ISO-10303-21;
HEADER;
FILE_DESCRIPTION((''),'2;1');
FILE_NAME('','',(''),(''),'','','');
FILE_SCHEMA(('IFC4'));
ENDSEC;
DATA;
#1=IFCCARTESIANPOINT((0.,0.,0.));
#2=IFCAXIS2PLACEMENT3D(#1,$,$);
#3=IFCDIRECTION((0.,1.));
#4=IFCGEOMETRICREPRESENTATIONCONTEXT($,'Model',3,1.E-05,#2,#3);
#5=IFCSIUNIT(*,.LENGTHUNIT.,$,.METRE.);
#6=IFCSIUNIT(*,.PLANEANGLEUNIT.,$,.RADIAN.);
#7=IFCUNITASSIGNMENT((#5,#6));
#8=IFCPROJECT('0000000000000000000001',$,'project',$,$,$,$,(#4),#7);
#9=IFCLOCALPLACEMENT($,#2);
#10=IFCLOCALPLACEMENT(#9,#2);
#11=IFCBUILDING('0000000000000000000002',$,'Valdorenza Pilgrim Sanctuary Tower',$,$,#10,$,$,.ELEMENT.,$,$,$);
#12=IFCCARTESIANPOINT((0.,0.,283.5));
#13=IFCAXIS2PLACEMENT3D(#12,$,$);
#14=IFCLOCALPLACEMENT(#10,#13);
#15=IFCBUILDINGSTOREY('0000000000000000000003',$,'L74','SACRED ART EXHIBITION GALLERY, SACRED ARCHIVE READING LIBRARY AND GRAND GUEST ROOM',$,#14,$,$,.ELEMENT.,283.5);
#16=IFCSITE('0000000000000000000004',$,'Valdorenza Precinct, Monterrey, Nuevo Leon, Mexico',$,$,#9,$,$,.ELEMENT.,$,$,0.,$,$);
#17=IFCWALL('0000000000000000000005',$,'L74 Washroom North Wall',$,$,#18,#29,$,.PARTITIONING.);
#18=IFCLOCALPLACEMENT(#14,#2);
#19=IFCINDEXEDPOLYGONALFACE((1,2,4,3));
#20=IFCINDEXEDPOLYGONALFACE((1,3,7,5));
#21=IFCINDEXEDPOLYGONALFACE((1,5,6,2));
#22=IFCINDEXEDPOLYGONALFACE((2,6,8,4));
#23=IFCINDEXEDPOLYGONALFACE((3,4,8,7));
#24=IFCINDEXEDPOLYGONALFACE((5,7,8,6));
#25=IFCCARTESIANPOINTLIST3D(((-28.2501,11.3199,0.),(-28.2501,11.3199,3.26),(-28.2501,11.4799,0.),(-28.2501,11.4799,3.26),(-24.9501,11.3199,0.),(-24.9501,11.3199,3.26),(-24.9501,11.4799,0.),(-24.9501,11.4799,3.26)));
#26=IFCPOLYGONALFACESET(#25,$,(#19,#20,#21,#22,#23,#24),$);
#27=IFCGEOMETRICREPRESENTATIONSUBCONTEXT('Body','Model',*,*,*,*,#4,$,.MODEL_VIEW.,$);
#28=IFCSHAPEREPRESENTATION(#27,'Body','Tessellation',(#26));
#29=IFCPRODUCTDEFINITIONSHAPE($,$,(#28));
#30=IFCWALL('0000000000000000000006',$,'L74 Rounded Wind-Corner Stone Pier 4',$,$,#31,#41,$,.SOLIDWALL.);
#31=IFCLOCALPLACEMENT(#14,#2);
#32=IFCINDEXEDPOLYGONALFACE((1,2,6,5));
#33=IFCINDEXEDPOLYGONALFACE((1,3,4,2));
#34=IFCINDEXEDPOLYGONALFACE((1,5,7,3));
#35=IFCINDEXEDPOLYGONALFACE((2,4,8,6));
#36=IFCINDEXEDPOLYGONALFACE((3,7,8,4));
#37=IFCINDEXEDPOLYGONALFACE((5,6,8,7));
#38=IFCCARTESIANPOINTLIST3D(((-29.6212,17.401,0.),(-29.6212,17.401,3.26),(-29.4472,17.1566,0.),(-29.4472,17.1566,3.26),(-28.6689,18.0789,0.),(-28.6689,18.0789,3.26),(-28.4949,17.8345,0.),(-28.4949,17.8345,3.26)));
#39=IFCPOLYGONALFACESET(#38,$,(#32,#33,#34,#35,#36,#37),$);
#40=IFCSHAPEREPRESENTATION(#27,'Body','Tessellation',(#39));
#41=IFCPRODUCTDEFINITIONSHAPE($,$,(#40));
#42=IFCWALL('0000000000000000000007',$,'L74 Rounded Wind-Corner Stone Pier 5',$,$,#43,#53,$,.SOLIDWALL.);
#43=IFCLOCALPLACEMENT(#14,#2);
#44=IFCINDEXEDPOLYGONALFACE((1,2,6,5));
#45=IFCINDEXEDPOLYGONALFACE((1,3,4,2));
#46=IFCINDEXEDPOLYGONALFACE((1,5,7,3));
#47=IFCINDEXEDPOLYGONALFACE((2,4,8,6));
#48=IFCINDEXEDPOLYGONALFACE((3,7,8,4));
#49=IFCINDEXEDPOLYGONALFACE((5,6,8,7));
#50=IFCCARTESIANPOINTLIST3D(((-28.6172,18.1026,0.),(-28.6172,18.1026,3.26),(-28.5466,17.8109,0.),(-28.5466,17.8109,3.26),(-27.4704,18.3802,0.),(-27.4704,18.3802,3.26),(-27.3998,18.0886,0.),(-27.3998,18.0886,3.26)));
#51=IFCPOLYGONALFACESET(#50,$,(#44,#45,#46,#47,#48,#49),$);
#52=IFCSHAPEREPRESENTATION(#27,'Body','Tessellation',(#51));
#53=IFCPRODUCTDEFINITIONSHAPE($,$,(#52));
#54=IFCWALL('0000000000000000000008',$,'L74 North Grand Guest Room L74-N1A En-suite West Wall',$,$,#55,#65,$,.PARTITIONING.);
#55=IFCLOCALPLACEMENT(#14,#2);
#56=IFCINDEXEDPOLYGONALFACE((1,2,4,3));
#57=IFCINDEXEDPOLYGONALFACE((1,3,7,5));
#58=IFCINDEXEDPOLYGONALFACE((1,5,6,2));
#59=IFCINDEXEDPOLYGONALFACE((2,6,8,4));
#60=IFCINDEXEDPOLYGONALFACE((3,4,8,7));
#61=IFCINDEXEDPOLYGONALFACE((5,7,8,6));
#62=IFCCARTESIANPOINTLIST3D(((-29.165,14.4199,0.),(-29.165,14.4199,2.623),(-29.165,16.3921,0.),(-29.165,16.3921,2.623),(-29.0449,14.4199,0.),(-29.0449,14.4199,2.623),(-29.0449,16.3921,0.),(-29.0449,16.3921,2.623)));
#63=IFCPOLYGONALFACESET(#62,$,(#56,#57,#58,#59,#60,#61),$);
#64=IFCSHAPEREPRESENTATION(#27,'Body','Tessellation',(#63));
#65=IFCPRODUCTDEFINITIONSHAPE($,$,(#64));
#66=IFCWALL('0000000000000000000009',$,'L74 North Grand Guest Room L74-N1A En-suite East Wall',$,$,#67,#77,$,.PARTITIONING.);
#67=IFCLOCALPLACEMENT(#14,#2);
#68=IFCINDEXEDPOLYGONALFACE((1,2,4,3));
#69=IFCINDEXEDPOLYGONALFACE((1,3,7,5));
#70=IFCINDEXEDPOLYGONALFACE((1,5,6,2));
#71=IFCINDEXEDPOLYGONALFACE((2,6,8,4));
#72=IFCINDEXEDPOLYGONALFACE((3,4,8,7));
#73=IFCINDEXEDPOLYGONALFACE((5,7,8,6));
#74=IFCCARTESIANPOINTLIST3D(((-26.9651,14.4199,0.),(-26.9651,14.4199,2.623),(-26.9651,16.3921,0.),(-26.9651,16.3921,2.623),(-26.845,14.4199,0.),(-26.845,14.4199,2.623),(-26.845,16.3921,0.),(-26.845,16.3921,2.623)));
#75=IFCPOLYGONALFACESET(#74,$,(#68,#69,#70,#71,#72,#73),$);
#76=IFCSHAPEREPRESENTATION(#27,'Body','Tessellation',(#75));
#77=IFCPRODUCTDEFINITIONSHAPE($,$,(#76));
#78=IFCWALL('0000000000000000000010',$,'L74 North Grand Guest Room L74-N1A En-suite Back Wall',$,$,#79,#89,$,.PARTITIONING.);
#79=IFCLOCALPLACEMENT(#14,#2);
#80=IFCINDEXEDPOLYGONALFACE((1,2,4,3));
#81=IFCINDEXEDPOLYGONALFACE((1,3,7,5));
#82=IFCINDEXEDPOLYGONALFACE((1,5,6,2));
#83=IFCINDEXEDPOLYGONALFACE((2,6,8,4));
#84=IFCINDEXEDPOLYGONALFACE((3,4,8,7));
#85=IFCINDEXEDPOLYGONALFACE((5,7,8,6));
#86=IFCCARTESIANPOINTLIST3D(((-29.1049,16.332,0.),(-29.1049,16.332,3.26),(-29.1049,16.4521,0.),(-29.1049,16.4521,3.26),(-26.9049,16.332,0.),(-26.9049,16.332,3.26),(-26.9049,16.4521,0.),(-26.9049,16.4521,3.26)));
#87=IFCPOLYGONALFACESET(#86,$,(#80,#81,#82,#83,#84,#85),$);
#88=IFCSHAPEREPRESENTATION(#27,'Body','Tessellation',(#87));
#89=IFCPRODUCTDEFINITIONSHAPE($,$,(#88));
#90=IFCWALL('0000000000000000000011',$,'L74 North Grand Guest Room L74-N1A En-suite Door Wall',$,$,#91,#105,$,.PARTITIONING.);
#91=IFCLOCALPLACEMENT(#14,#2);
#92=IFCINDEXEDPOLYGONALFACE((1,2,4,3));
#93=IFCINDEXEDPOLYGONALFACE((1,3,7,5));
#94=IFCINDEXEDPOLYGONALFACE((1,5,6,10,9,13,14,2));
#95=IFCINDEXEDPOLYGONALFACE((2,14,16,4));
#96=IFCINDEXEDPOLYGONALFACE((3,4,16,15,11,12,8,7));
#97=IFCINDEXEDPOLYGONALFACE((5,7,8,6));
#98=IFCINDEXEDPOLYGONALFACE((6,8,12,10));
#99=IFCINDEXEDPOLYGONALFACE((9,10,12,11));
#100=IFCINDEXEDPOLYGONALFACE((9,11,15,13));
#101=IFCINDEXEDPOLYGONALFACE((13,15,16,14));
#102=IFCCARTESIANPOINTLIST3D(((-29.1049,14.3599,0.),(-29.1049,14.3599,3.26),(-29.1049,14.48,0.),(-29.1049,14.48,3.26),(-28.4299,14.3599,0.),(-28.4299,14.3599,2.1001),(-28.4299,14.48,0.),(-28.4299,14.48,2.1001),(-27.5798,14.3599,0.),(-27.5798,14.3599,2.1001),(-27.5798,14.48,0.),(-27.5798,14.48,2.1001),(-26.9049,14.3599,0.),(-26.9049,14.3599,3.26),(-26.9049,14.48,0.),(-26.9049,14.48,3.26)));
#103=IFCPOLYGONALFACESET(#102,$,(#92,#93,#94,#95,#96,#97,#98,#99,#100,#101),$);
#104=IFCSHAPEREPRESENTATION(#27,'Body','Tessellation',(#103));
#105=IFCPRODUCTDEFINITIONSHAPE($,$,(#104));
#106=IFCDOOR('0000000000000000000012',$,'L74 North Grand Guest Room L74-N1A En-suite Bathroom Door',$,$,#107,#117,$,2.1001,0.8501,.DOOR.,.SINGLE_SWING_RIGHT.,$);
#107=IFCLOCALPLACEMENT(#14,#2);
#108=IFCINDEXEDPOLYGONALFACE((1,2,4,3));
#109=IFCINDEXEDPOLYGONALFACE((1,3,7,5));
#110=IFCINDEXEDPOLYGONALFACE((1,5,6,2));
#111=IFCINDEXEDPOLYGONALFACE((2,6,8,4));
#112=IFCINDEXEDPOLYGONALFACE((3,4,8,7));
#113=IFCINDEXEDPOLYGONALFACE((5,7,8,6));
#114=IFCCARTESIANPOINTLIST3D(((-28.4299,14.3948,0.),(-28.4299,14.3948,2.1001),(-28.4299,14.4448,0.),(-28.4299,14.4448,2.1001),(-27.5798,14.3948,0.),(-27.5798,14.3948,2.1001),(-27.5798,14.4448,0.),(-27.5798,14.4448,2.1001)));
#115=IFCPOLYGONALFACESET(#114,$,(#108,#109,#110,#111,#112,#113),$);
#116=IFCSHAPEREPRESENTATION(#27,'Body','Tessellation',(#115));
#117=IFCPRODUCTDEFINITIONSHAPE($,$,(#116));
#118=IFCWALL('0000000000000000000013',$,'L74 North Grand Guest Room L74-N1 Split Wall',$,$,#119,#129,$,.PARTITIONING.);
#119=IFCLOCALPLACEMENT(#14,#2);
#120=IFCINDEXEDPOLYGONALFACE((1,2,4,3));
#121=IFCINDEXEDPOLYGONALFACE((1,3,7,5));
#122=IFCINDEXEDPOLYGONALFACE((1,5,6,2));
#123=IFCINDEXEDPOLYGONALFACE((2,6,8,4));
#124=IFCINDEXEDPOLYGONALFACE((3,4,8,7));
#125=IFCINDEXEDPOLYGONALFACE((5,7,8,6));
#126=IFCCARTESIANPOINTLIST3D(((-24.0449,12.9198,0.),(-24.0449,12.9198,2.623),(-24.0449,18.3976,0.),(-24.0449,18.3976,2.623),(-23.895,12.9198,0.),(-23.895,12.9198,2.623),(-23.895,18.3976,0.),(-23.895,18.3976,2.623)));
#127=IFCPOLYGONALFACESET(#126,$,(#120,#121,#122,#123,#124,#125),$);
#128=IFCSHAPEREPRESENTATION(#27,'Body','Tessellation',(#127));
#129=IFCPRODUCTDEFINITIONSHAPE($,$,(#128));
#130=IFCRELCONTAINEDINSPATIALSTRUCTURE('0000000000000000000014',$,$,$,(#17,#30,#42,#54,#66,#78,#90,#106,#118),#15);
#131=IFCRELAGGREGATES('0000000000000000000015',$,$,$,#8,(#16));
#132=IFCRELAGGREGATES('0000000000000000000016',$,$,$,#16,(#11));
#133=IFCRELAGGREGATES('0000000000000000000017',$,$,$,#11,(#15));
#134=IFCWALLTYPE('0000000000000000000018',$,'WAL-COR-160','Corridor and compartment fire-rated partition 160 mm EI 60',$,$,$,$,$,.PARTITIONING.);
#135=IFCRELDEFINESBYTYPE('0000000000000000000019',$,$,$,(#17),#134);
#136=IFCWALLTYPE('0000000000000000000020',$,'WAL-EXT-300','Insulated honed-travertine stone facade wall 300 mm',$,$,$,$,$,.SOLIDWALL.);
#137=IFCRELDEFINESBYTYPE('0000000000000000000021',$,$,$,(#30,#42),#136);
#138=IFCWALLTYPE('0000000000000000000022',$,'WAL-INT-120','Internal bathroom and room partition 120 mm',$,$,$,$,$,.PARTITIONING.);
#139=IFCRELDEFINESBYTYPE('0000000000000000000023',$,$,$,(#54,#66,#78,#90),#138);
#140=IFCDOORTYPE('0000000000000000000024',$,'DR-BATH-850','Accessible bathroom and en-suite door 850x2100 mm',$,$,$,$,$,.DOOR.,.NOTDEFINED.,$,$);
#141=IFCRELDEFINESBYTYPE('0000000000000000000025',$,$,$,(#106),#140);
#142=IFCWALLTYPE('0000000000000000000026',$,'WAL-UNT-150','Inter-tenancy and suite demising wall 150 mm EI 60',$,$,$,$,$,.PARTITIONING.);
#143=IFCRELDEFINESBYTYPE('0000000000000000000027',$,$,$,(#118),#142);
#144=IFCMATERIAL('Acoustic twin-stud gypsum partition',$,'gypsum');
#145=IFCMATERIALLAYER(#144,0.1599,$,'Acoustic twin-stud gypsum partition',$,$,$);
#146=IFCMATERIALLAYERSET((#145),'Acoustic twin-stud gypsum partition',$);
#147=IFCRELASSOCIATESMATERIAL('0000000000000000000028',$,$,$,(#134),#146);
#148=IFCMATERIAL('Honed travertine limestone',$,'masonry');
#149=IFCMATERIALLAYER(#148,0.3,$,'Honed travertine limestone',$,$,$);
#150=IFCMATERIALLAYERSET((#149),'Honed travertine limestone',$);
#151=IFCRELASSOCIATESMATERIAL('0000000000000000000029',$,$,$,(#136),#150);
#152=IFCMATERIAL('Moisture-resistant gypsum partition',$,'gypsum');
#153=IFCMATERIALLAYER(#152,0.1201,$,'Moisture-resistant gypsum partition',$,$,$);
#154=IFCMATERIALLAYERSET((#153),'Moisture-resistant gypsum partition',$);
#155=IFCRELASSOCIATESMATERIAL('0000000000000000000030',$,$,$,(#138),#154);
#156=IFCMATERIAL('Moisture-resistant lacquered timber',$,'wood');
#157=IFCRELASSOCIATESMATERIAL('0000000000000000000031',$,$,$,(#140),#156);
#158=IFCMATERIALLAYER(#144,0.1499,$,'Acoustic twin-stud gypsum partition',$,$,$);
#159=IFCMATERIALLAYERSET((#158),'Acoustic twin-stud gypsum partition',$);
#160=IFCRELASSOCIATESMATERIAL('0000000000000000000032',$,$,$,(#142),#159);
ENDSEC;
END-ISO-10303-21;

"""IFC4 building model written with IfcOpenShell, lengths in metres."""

from ifc_helpers import new_model, si_unit, direction, frame, frame_2d, origin, place, context, subcontext, project, spatial, rectangle, extrude, material, layer, layer_set, type_object, element, fill, save


model = new_model("IFC4")

# Units and contexts
model_context = context("Model", 3, precision=1e-05, world=origin(), true_north=direction((0.0, 1.0)))
body_context = subcontext(model_context, "Body", "Model", "MODEL_VIEW")
ifc_project = project(units=[si_unit("LENGTHUNIT", "METRE"), si_unit("PLANEANGLEUNIT", "RADIAN")], contexts=[model_context])

# Site, building, storey
site_placement = place(None, origin())
site = spatial("IfcSite", under=ifc_project, at=site_placement, Name="Valdorenza Precinct, Monterrey, Nuevo Leon, Mexico", CompositionType="ELEMENT", RefElevation=0.0)
building_placement = place(site_placement, origin())
building = spatial("IfcBuilding", under=site, at=building_placement, Name="Valdorenza Pilgrim Sanctuary Tower", CompositionType="ELEMENT")
storey_placement = place(building_placement, frame((0.0, 0.0, 283.5)))
storey = spatial("IfcBuildingStorey", under=building, at=storey_placement, Name="L74", Description="SACRED ART EXHIBITION GALLERY, SACRED ARCHIVE READING LIBRARY AND GRAND GUEST ROOM", CompositionType="ELEMENT", Elevation=283.5)

# Shared definitions
ifc_material_1 = material(Name="Honed travertine limestone", Category="masonry")

# Walls
ifc_material_2 = material(Name="Acoustic twin-stud gypsum partition", Category="gypsum")
ifc_layer_1 = layer(ifc_material_2, 0.1599, Name="Acoustic twin-stud gypsum partition")
ifc_layer_set_1 = layer_set([ifc_layer_1], Name="Acoustic twin-stud gypsum partition")
wall_type_1 = type_object("IfcWallType", Name="WAL-COR-160", Description="Corridor and compartment fire-rated partition 160 mm EI 60", PredefinedType="PARTITIONING", material=ifc_layer_set_1)
wall_1_placement = place(storey_placement, frame((-28.25, 11.3999, 0.0), z_axis=(0.0, 0.0, 1.0), x_axis=(1.0, 0.0, 0.0)))
element("IfcWall", 1, at=wall_1_placement, inside=storey, type_object=wall_type_1, Name="L74 Washroom North Wall", PredefinedType="PARTITIONING", context=body_context, shape_type="SweptSolid", body=[
    extrude(rectangle(XDim=3.3, YDim=0.1599, at=frame_2d((1.6499, 0.0))), origin(), (0.0, 0.0, 1.0), 3.26),
])
ifc_layer_2 = layer(ifc_material_1, 0.3, Name="Honed travertine limestone")
ifc_layer_set_2 = layer_set([ifc_layer_2], Name="Honed travertine limestone")
wall_type_2 = type_object("IfcWallType", Name="WAL-EXT-300", Description="Insulated honed-travertine stone facade wall 300 mm", PredefinedType="SOLIDWALL", material=ifc_layer_set_2)
wall_2_placement = place(storey_placement, frame((-29.5342, 17.2788, 0.0), z_axis=(0.0, 0.0, 1.0), x_axis=(0.814664, 0.579934, 0.0)))
element("IfcWall", 2, at=wall_2_placement, inside=storey, type_object=wall_type_2, Name="L74 Rounded Wind-Corner Stone Pier 4", PredefinedType="SOLIDWALL", context=body_context, shape_type="SweptSolid", body=[
    extrude(rectangle(XDim=1.1689, YDim=0.3, at=frame_2d((0.5845, 0.0))), origin(), (0.0, 0.0, 1.0), 3.26),
])
wall_3_placement = place(storey_placement, frame((-28.5818, 17.9568, 0.0), z_axis=(0.0, 0.0, 1.0), x_axis=(0.971929, 0.235274, 0.0)))
element("IfcWall", 3, at=wall_3_placement, inside=storey, type_object=wall_type_2, Name="L74 Rounded Wind-Corner Stone Pier 5", PredefinedType="SOLIDWALL", context=body_context, shape_type="SweptSolid", body=[
    extrude(rectangle(XDim=1.1799, YDim=0.3, at=frame_2d((0.5898, 0.0))), origin(), (0.0, 0.0, 1.0), 3.26),
])
ifc_material_3 = material(Name="Moisture-resistant gypsum partition", Category="gypsum")
ifc_layer_3 = layer(ifc_material_3, 0.1201, Name="Moisture-resistant gypsum partition")
ifc_layer_set_3 = layer_set([ifc_layer_3], Name="Moisture-resistant gypsum partition")
wall_type_3 = type_object("IfcWallType", Name="WAL-INT-120", Description="Internal bathroom and room partition 120 mm", PredefinedType="PARTITIONING", material=ifc_layer_set_3)
for number, where, z_axis, x_axis, name in (
    (4, (-29.105, 14.4199, 0.0), (0.0, 0.0, 1.0), (0.0, 1.0, 0.0), "L74 North Grand Guest Room L74-N1A En-suite West Wall"),
    (5, (-26.905, 14.4199, 0.0), (0.0, 0.0, 1.0), (0.0, 1.0, 0.0), "L74 North Grand Guest Room L74-N1A En-suite East Wall"),
):
    element("IfcWall", number, at=place(storey_placement, frame(where, z_axis=z_axis, x_axis=x_axis)), inside=storey, type_object=wall_type_3, Name=name, PredefinedType="PARTITIONING", context=body_context, shape_type="SweptSolid", body=[
        extrude(rectangle(XDim=1.9722, YDim=0.1201, at=frame_2d((0.9861, 0.0))), origin(), (0.0, 0.0, 1.0), 2.623),
    ])
wall_4_placement = place(storey_placement, frame((-29.105, 16.3921, 0.0), z_axis=(0.0, 0.0, 1.0), x_axis=(1.0, 0.0, 0.0)))
element("IfcWall", 6, at=wall_4_placement, inside=storey, type_object=wall_type_3, Name="L74 North Grand Guest Room L74-N1A En-suite Back Wall", PredefinedType="PARTITIONING", context=body_context, shape_type="SweptSolid", body=[
    extrude(rectangle(XDim=2.2, YDim=0.1201, at=frame_2d((1.1001, 0.0))), origin(), (0.0, 0.0, 1.0), 3.26),
])

# Wall, opening, door
wall_5_placement = place(storey_placement, frame((-29.105, 14.4199, 0.0), z_axis=(0.0, 0.0, 1.0), x_axis=(1.0, 0.0, 0.0)))
wall_5 = element("IfcWall", 7, at=wall_5_placement, inside=storey, type_object=wall_type_3, Name="L74 North Grand Guest Room L74-N1A En-suite Door Wall", PredefinedType="PARTITIONING", context=body_context, shape_type="SweptSolid", body=[
    extrude(rectangle(XDim=2.2, YDim=0.1201, at=frame_2d((1.1001, 0.0))), origin(), (0.0, 0.0, 1.0), 3.26),
])
opening_placement = place(wall_5_placement, frame((0.675, 0.0, 0.0)))
opening = element("IfcOpeningElement", 8, at=opening_placement, cuts=wall_5, PredefinedType="OPENING", context=body_context, shape_type="SweptSolid", body=[
    extrude(rectangle(XDim=0.8501, YDim=2.1001, at=frame_2d((0.425, 1.05))), frame((0.0, 0.075, 0.0), z_axis=(0.0, -1.0, 0.0), x_axis=(1.0, 0.0, 0.0)), (0.0, 0.0, 1.0), 0.1499),
])
ifc_material_4 = material(Name="Moisture-resistant lacquered timber", Category="wood")
door_type = type_object("IfcDoorType", Name="DR-BATH-850", Description="Accessible bathroom and en-suite door 850x2100 mm", OperationType="NOTDEFINED", PredefinedType="DOOR", material=ifc_material_4)
door_placement = place(opening_placement, origin())
door = element("IfcDoor", 9, at=door_placement, inside=storey, type_object=door_type, Name="L74 North Grand Guest Room L74-N1A En-suite Bathroom Door", OperationType="SINGLE_SWING_RIGHT", OverallHeight=2.1001, OverallWidth=0.8501, PredefinedType="DOOR", context=body_context, shape_type="SweptSolid", body=[
    extrude(rectangle(XDim=0.8501, YDim=2.1001, at=frame_2d((0.425, 1.05))), frame((0.0, 0.0249, 0.0), z_axis=(0.0, -1.0, 0.0), x_axis=(1.0, 0.0, 0.0)), (0.0, 0.0, 1.0), 0.05),
])
fill(opening, door)

# Wall
ifc_layer_4 = layer(ifc_material_2, 0.1499, Name="Acoustic twin-stud gypsum partition")
ifc_layer_set_4 = layer_set([ifc_layer_4], Name="Acoustic twin-stud gypsum partition")
wall_type_4 = type_object("IfcWallType", Name="WAL-UNT-150", Description="Inter-tenancy and suite demising wall 150 mm EI 60", PredefinedType="PARTITIONING", material=ifc_layer_set_4)
wall_6_placement = place(storey_placement, frame((-23.97, 12.9199, 0.0), z_axis=(0.0, 0.0, 1.0), x_axis=(0.0, 1.0, 0.0)))
element("IfcWall", 10, at=wall_6_placement, inside=storey, type_object=wall_type_4, Name="L74 North Grand Guest Room L74-N1 Split Wall", PredefinedType="PARTITIONING", context=body_context, shape_type="SweptSolid", body=[
    extrude(rectangle(XDim=5.4778, YDim=0.1499, at=frame_2d((2.7388, 0.0))), origin(), (0.0, 0.0, 1.0), 2.623),
])

save(model, "model.ifc")
